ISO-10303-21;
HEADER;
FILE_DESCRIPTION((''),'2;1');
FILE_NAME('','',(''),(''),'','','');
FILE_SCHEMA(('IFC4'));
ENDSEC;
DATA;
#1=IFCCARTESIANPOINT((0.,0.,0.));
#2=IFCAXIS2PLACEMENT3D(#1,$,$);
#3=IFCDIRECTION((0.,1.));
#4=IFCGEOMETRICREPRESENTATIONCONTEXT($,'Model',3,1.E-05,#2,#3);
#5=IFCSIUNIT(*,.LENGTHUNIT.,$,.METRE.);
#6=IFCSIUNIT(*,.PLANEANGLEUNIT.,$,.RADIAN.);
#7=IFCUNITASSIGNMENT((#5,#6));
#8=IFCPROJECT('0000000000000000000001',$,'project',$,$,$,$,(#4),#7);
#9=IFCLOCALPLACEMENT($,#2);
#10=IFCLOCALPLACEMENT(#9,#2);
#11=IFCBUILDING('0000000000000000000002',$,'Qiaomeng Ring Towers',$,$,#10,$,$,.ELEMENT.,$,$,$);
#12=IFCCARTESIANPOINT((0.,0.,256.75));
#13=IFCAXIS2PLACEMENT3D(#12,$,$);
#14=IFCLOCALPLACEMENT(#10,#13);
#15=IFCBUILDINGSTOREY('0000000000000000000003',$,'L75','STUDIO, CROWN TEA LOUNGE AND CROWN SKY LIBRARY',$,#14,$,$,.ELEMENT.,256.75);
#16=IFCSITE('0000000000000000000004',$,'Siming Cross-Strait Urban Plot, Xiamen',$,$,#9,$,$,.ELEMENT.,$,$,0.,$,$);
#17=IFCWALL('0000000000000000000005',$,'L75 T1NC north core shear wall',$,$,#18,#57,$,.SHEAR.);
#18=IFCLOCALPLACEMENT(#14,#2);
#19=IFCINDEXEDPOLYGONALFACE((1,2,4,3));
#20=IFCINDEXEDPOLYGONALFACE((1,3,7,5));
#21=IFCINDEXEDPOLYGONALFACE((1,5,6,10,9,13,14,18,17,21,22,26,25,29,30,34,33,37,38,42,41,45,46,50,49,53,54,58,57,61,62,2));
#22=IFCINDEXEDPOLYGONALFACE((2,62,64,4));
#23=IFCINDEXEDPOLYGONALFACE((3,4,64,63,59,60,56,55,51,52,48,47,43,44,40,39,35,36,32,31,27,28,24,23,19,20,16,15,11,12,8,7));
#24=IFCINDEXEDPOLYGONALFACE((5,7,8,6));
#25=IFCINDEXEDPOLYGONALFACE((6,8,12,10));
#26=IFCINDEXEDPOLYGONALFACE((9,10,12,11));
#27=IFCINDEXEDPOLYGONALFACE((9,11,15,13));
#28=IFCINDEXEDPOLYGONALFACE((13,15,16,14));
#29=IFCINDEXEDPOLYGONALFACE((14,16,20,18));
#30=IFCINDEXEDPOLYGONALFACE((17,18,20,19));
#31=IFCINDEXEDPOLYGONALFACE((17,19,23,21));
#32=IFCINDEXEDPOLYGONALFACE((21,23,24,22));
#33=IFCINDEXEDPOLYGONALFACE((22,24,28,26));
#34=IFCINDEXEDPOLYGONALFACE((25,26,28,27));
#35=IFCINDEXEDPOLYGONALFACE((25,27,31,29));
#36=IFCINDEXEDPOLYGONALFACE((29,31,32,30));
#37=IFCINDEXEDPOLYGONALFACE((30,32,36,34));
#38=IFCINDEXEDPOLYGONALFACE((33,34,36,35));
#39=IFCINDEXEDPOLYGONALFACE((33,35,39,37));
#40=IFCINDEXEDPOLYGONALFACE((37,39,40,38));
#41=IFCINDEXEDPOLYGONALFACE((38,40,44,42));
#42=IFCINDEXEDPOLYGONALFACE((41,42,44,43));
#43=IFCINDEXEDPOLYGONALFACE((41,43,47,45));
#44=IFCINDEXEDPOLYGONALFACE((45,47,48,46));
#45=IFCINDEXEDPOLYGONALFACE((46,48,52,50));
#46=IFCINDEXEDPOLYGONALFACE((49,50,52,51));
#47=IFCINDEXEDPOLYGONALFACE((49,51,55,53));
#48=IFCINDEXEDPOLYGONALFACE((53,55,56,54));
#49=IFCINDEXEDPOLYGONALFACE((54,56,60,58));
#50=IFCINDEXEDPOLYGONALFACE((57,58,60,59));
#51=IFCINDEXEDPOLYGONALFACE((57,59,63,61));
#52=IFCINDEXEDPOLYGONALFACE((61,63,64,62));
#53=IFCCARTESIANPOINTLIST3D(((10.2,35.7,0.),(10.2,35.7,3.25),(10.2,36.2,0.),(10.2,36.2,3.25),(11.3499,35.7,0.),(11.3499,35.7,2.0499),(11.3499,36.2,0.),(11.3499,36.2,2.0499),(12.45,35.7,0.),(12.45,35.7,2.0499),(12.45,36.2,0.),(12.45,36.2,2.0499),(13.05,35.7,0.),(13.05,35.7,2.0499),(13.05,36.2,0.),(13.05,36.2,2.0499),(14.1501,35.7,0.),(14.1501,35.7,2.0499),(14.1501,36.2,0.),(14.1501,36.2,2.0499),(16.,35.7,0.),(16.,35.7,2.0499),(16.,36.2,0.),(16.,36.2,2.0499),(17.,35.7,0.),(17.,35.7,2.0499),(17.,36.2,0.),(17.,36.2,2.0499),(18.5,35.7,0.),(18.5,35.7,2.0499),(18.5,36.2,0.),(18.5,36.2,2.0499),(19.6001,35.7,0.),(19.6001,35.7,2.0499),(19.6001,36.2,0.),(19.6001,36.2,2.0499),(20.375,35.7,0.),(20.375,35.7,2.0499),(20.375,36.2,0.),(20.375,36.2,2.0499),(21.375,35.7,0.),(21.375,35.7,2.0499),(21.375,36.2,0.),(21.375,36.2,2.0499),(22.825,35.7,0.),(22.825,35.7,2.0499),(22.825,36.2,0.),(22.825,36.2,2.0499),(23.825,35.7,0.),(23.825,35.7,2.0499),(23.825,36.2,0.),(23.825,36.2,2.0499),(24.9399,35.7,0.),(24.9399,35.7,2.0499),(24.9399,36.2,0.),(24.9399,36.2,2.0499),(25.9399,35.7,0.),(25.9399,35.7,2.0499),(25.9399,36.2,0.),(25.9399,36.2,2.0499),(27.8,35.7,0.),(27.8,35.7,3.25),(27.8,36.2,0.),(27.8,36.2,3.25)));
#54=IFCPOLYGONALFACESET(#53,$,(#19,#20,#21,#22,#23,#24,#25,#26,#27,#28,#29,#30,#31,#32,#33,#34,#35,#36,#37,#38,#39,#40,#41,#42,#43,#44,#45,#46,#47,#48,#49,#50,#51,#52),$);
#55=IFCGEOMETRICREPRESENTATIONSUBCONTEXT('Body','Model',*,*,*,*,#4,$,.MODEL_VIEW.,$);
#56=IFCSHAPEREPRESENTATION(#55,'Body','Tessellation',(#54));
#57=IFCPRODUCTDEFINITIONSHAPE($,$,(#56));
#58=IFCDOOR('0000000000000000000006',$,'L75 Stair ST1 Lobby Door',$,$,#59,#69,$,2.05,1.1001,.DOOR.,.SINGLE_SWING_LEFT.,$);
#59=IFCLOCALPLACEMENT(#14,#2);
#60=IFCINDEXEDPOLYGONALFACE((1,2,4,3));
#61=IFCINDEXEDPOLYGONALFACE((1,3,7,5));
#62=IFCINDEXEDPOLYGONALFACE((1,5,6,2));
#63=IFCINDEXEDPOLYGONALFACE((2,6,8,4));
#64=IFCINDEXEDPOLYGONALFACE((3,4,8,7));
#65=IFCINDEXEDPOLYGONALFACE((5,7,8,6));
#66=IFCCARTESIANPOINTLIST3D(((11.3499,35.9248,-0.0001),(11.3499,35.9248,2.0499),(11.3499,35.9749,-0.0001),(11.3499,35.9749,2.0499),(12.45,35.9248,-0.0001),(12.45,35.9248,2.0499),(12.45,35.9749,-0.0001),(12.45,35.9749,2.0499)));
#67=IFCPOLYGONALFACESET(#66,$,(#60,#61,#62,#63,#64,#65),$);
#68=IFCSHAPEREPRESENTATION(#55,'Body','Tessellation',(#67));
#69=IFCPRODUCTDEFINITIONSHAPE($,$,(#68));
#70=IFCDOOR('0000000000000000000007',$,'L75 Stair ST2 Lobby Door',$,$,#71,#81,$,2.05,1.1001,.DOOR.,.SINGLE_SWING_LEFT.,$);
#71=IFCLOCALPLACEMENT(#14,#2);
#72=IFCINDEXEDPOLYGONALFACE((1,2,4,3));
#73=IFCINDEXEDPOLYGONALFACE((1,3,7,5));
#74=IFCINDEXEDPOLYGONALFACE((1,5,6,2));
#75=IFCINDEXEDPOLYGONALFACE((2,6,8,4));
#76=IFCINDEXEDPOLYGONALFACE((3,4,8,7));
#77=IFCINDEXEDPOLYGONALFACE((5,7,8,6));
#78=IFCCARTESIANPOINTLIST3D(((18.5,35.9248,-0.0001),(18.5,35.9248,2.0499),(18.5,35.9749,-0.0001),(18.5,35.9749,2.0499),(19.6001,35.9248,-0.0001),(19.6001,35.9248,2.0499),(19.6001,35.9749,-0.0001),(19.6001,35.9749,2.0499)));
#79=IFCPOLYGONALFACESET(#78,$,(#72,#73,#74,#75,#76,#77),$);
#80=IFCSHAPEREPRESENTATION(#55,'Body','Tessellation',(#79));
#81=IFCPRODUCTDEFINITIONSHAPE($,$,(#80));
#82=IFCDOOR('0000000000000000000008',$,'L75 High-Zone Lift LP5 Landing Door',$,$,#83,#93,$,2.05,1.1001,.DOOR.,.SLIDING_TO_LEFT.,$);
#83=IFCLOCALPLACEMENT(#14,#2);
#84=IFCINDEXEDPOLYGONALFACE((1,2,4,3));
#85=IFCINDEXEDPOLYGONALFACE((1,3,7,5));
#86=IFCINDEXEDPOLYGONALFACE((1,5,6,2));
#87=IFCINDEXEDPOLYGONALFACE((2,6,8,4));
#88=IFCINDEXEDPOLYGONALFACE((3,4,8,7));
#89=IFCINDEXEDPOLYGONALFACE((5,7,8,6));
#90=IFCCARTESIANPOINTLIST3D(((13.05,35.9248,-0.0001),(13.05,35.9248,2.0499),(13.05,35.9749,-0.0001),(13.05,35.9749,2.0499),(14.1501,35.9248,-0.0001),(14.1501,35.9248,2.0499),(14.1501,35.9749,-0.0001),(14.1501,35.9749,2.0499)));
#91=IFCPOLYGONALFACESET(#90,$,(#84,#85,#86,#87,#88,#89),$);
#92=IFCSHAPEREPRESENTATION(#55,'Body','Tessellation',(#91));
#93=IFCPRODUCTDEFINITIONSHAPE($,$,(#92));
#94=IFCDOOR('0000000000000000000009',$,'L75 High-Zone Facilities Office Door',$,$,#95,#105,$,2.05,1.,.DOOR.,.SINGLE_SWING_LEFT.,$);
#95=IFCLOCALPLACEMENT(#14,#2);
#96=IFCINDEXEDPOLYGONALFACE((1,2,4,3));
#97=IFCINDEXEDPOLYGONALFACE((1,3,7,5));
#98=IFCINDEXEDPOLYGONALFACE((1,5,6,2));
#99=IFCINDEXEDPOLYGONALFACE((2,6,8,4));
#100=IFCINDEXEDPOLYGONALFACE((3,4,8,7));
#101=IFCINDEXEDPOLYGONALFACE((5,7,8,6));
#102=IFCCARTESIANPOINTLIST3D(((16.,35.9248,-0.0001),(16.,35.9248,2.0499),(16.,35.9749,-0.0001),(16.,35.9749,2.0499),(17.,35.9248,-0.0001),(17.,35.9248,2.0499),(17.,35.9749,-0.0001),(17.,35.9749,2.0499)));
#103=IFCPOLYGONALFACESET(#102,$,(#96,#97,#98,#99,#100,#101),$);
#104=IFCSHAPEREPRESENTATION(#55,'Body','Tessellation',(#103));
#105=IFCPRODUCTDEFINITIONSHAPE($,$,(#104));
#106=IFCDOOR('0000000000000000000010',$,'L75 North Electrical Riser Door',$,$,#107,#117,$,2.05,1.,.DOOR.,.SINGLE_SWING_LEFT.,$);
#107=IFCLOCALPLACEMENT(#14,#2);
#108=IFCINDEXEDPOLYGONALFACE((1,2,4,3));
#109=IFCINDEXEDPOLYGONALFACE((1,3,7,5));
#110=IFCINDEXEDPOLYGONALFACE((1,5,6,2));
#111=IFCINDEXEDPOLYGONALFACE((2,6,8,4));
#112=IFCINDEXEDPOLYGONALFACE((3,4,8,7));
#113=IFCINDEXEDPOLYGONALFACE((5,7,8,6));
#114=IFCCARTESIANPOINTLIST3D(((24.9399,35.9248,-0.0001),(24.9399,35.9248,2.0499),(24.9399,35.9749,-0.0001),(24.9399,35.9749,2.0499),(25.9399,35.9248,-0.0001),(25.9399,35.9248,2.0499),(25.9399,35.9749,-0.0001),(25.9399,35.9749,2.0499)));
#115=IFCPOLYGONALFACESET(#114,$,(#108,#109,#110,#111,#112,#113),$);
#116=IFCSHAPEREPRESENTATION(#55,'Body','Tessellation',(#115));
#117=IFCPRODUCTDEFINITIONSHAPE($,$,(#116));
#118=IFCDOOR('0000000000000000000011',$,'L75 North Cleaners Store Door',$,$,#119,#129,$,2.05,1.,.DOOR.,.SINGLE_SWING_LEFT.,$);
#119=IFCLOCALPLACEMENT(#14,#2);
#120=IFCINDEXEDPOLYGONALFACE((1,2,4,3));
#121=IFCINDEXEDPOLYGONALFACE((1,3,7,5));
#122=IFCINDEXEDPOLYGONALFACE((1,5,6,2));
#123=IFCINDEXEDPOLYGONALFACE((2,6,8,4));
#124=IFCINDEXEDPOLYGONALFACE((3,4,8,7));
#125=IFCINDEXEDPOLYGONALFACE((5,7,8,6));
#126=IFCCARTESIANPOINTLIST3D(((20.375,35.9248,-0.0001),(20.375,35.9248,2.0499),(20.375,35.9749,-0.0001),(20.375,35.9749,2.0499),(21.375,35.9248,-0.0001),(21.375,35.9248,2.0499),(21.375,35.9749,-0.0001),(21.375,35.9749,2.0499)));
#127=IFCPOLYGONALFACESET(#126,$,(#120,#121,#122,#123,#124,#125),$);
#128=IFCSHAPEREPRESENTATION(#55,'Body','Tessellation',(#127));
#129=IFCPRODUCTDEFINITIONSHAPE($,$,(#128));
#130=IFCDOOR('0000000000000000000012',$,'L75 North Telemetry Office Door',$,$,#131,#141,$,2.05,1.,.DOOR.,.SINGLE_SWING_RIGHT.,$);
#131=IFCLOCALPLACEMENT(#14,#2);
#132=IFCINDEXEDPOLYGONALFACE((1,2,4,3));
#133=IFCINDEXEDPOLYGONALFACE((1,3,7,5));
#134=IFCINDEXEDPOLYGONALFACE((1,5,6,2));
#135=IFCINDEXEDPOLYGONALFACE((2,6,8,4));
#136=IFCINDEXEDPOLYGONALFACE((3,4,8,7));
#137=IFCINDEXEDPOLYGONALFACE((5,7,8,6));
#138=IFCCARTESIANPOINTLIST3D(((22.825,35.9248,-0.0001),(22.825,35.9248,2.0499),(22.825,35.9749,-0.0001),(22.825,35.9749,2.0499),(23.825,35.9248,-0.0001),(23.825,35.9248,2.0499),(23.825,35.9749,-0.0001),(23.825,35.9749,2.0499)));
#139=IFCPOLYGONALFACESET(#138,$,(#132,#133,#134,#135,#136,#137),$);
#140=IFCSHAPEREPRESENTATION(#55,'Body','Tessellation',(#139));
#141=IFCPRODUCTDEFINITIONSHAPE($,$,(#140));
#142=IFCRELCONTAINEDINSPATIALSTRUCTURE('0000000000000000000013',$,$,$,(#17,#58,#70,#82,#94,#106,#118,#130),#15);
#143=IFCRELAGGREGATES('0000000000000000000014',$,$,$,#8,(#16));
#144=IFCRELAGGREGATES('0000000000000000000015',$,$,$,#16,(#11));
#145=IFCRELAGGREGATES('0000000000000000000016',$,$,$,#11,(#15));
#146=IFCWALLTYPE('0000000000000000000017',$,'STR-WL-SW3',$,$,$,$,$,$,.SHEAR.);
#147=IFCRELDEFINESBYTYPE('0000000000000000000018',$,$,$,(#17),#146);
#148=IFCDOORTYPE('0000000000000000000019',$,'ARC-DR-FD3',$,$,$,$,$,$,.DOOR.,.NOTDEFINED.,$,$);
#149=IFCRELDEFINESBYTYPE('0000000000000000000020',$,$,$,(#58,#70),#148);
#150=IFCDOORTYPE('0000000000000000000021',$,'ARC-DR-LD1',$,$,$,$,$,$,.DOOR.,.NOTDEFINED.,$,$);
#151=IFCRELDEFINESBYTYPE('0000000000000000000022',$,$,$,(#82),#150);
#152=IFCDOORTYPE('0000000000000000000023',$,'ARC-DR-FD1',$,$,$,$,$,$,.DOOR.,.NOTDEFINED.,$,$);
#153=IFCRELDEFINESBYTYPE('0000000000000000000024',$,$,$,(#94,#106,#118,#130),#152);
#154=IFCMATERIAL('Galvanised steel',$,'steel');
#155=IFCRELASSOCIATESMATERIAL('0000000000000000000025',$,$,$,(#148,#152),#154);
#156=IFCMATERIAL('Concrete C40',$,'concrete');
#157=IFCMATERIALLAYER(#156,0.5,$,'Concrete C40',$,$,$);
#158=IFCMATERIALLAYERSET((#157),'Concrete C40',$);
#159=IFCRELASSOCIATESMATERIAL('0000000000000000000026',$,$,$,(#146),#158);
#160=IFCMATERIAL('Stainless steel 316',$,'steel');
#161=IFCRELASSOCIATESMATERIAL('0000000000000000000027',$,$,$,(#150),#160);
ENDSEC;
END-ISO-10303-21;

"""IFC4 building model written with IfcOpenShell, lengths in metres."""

from ifc_helpers import new_model, si_unit, direction, frame, frame_2d, origin, place, context, subcontext, project, spatial, rectangle, extrude, source, transform, mapped, material, layer, layer_set, type_object, element, fill, save


model = new_model("IFC4")

# Units and contexts
model_context = context("Model", 3, precision=1e-05, world=origin(), true_north=direction((0.0, 1.0)))
body_context = subcontext(model_context, "Body", "Model", "MODEL_VIEW")
ifc_project = project(units=[si_unit("LENGTHUNIT", "METRE"), si_unit("PLANEANGLEUNIT", "RADIAN")], contexts=[model_context])

# Site, building, storey
site_placement = place(None, origin())
site = spatial("IfcSite", under=ifc_project, at=site_placement, Name="Siming Cross-Strait Urban Plot, Xiamen", CompositionType="ELEMENT", RefElevation=0.0)
building_placement = place(site_placement, origin())
building = spatial("IfcBuilding", under=site, at=building_placement, Name="Qiaomeng Ring Towers", CompositionType="ELEMENT")
storey_placement = place(building_placement, frame((0.0, 0.0, 256.75)))
storey = spatial("IfcBuildingStorey", under=building, at=storey_placement, Name="L75", Description="STUDIO, CROWN TEA LOUNGE AND CROWN SKY LIBRARY", CompositionType="ELEMENT", Elevation=256.75)

# Shared definitions
ifc_material_1 = material(Name="Concrete C40", Category="concrete")

# Shared definitions
ifc_material_2 = material(Name="Galvanised steel", Category="steel")
door_type_1 = type_object("IfcDoorType", Name="ARC-DR-FD3", OperationType="NOTDEFINED", PredefinedType="DOOR", material=ifc_material_2)
shared_shape_1 = source(origin(), body_context, "Body", "SweptSolid", [
    extrude(rectangle(XDim=1.1001, YDim=2.05, at=frame_2d((0.55, 1.0249))), frame((0.0, 0.0249, 0.0), z_axis=(0.0, -1.0, 0.0), x_axis=(1.0, 0.0, 0.0)), (0.0, 0.0, 1.0), 0.05),
])

# Wall, openings, doors
ifc_layer_1 = layer(ifc_material_1, 0.5, Name="Concrete C40")
ifc_layer_set_1 = layer_set([ifc_layer_1], Name="Concrete C40")
wall_type_1 = type_object("IfcWallType", Name="STR-WL-SW3", PredefinedType="SHEAR", material=ifc_layer_set_1)
wall_1_placement = place(storey_placement, frame((10.2, 35.95, 0.0), z_axis=(0.0, 0.0, 1.0), x_axis=(1.0, 0.0, 0.0)))
wall_1 = element("IfcWall", 1, at=wall_1_placement, inside=storey, type_object=wall_type_1, Name="L75 T1NC north core shear wall", PredefinedType="SHEAR", context=body_context, shape_type="SweptSolid", body=[
    extrude(rectangle(XDim=17.6001, YDim=0.5, at=frame_2d((8.8, 0.0))), origin(), (0.0, 0.0, 1.0), 3.25),
])
opening_1_placement = place(wall_1_placement, frame((1.1499, 0.0, 0.0)))
opening_1 = element("IfcOpeningElement", 2, at=opening_1_placement, cuts=wall_1, PredefinedType="OPENING", context=body_context, shape_type="SweptSolid", body=[
    extrude(rectangle(XDim=1.1001, YDim=2.05, at=frame_2d((0.55, 1.0249))), frame((0.0, 0.26, 0.0), z_axis=(0.0, -1.0, 0.0), x_axis=(1.0, 0.0, 0.0)), (0.0, 0.0, 1.0), 0.52),
])
opening_2_placement = place(wall_1_placement, frame((8.3, 0.0, 0.0)))
opening_2 = element("IfcOpeningElement", 3, at=opening_2_placement, cuts=wall_1, PredefinedType="OPENING", context=body_context, shape_type="SweptSolid", body=[
    extrude(rectangle(XDim=1.1001, YDim=2.05, at=frame_2d((0.55, 1.0249))), frame((0.0, 0.26, 0.0), z_axis=(0.0, -1.0, 0.0), x_axis=(1.0, 0.0, 0.0)), (0.0, 0.0, 1.0), 0.52),
])
opening_3_placement = place(wall_1_placement, frame((2.8501, 0.0, 0.0)))
opening_3 = element("IfcOpeningElement", 4, at=opening_3_placement, cuts=wall_1, PredefinedType="OPENING", context=body_context, shape_type="SweptSolid", body=[
    extrude(rectangle(XDim=1.1001, YDim=2.05, at=frame_2d((0.55, 1.0249))), frame((0.0, 0.26, 0.0), z_axis=(0.0, -1.0, 0.0), x_axis=(1.0, 0.0, 0.0)), (0.0, 0.0, 1.0), 0.52),
])
opening_4_placement = place(wall_1_placement, frame((5.8, 0.0, 0.0)))
opening_4 = element("IfcOpeningElement", 5, at=opening_4_placement, cuts=wall_1, PredefinedType="OPENING", context=body_context, shape_type="SweptSolid", body=[
    extrude(rectangle(XDim=1.0, YDim=2.05, at=frame_2d((0.5, 1.0249))), frame((0.0, 0.26, 0.0), z_axis=(0.0, -1.0, 0.0), x_axis=(1.0, 0.0, 0.0)), (0.0, 0.0, 1.0), 0.52),
])
opening_5_placement = place(wall_1_placement, frame((14.74, 0.0, 0.0)))
opening_5 = element("IfcOpeningElement", 6, at=opening_5_placement, cuts=wall_1, PredefinedType="OPENING", context=body_context, shape_type="SweptSolid", body=[
    extrude(rectangle(XDim=1.0, YDim=2.05, at=frame_2d((0.5, 1.0249))), frame((0.0, 0.26, 0.0), z_axis=(0.0, -1.0, 0.0), x_axis=(1.0, 0.0, 0.0)), (0.0, 0.0, 1.0), 0.52),
])
opening_6_placement = place(wall_1_placement, frame((10.175, 0.0, 0.0)))
opening_6 = element("IfcOpeningElement", 7, at=opening_6_placement, cuts=wall_1, PredefinedType="OPENING", context=body_context, shape_type="SweptSolid", body=[
    extrude(rectangle(XDim=1.0, YDim=2.05, at=frame_2d((0.5, 1.0249))), frame((0.0, 0.26, 0.0), z_axis=(0.0, -1.0, 0.0), x_axis=(1.0, 0.0, 0.0)), (0.0, 0.0, 1.0), 0.52),
])
opening_7_placement = place(wall_1_placement, frame((12.625, 0.0, 0.0)))
opening_7 = element("IfcOpeningElement", 8, at=opening_7_placement, cuts=wall_1, PredefinedType="OPENING", context=body_context, shape_type="SweptSolid", body=[
    extrude(rectangle(XDim=1.0, YDim=2.05, at=frame_2d((0.5, 1.0249))), frame((0.0, 0.26, 0.0), z_axis=(0.0, -1.0, 0.0), x_axis=(1.0, 0.0, 0.0)), (0.0, 0.0, 1.0), 0.52),
])
door_1_placement = place(opening_1_placement, origin())
door_1 = element("IfcDoor", 9, at=door_1_placement, inside=storey, type_object=door_type_1, Name="L75 Stair ST1 Lobby Door", OperationType="SINGLE_SWING_LEFT", OverallHeight=2.05, OverallWidth=1.1001, PredefinedType="DOOR", context=body_context, shape_type="MappedRepresentation", body=[
    mapped(shared_shape_1, transform((0.0, 0.0, 0.0), x_axis=(1.0, 0.0, 0.0), y_axis=(0.0, 1.0, 0.0), z_axis=(0.0, 0.0, 1.0), scale=1.0)),
])
fill(opening_1, door_1)
door_2_placement = place(opening_2_placement, origin())
door_2 = element("IfcDoor", 10, at=door_2_placement, inside=storey, type_object=door_type_1, Name="L75 Stair ST2 Lobby Door", OperationType="SINGLE_SWING_LEFT", OverallHeight=2.05, OverallWidth=1.1001, PredefinedType="DOOR", context=body_context, shape_type="MappedRepresentation", body=[
    mapped(shared_shape_1, transform((0.0, 0.0, 0.0), x_axis=(1.0, 0.0, 0.0), y_axis=(0.0, 1.0, 0.0), z_axis=(0.0, 0.0, 1.0), scale=1.0)),
])
fill(opening_2, door_2)
ifc_material_3 = material(Name="Stainless steel 316", Category="steel")
door_type_2 = type_object("IfcDoorType", Name="ARC-DR-LD1", OperationType="NOTDEFINED", PredefinedType="DOOR", material=ifc_material_3)
door_3_placement = place(opening_3_placement, origin())
door_3 = element("IfcDoor", 11, at=door_3_placement, inside=storey, type_object=door_type_2, Name="L75 High-Zone Lift LP5 Landing Door", OperationType="SLIDING_TO_LEFT", OverallHeight=2.05, OverallWidth=1.1001, PredefinedType="DOOR", context=body_context, shape_type="MappedRepresentation", body=[
    mapped(shared_shape_1, transform((0.0, 0.0, 0.0), x_axis=(1.0, 0.0, 0.0), y_axis=(0.0, 1.0, 0.0), z_axis=(0.0, 0.0, 1.0), scale=1.0)),
])
fill(opening_3, door_3)
door_type_3 = type_object("IfcDoorType", Name="ARC-DR-FD1", OperationType="NOTDEFINED", PredefinedType="DOOR", material=ifc_material_2)
shared_shape_2 = source(origin(), body_context, "Body", "SweptSolid", [
    extrude(rectangle(XDim=1.0, YDim=2.05, at=frame_2d((0.5, 1.0249))), frame((0.0, 0.0249, 0.0), z_axis=(0.0, -1.0, 0.0), x_axis=(1.0, 0.0, 0.0)), (0.0, 0.0, 1.0), 0.05),
])
door_4_placement = place(opening_4_placement, origin())
door_4 = element("IfcDoor", 12, at=door_4_placement, inside=storey, type_object=door_type_3, Name="L75 High-Zone Facilities Office Door", OperationType="SINGLE_SWING_LEFT", OverallHeight=2.05, OverallWidth=1.0, PredefinedType="DOOR", context=body_context, shape_type="MappedRepresentation", body=[
    mapped(shared_shape_2, transform((0.0, 0.0, 0.0), x_axis=(1.0, 0.0, 0.0), y_axis=(0.0, 1.0, 0.0), z_axis=(0.0, 0.0, 1.0), scale=1.0)),
])
fill(opening_4, door_4)
door_5_placement = place(opening_5_placement, origin())
door_5 = element("IfcDoor", 13, at=door_5_placement, inside=storey, type_object=door_type_3, Name="L75 North Electrical Riser Door", OperationType="SINGLE_SWING_LEFT", OverallHeight=2.05, OverallWidth=1.0, PredefinedType="DOOR", context=body_context, shape_type="MappedRepresentation", body=[
    mapped(shared_shape_2, transform((0.0, 0.0, 0.0), x_axis=(1.0, 0.0, 0.0), y_axis=(0.0, 1.0, 0.0), z_axis=(0.0, 0.0, 1.0), scale=1.0)),
])
fill(opening_5, door_5)
door_6_placement = place(opening_6_placement, origin())
door_6 = element("IfcDoor", 14, at=door_6_placement, inside=storey, type_object=door_type_3, Name="L75 North Cleaners Store Door", OperationType="SINGLE_SWING_LEFT", OverallHeight=2.05, OverallWidth=1.0, PredefinedType="DOOR", context=body_context, shape_type="MappedRepresentation", body=[
    mapped(shared_shape_2, transform((0.0, 0.0, 0.0), x_axis=(1.0, 0.0, 0.0), y_axis=(0.0, 1.0, 0.0), z_axis=(0.0, 0.0, 1.0), scale=1.0)),
])
fill(opening_6, door_6)
door_7_placement = place(opening_7_placement, origin())
door_7 = element("IfcDoor", 15, at=door_7_placement, inside=storey, type_object=door_type_3, Name="L75 North Telemetry Office Door", OperationType="SINGLE_SWING_RIGHT", OverallHeight=2.05, OverallWidth=1.0, PredefinedType="DOOR", context=body_context, shape_type="MappedRepresentation", body=[
    mapped(shared_shape_2, transform((0.0, 0.0, 0.0), x_axis=(1.0, 0.0, 0.0), y_axis=(0.0, 1.0, 0.0), z_axis=(0.0, 0.0, 1.0), scale=1.0)),
])
fill(opening_7, door_7)

save(model, "model.ifc")
